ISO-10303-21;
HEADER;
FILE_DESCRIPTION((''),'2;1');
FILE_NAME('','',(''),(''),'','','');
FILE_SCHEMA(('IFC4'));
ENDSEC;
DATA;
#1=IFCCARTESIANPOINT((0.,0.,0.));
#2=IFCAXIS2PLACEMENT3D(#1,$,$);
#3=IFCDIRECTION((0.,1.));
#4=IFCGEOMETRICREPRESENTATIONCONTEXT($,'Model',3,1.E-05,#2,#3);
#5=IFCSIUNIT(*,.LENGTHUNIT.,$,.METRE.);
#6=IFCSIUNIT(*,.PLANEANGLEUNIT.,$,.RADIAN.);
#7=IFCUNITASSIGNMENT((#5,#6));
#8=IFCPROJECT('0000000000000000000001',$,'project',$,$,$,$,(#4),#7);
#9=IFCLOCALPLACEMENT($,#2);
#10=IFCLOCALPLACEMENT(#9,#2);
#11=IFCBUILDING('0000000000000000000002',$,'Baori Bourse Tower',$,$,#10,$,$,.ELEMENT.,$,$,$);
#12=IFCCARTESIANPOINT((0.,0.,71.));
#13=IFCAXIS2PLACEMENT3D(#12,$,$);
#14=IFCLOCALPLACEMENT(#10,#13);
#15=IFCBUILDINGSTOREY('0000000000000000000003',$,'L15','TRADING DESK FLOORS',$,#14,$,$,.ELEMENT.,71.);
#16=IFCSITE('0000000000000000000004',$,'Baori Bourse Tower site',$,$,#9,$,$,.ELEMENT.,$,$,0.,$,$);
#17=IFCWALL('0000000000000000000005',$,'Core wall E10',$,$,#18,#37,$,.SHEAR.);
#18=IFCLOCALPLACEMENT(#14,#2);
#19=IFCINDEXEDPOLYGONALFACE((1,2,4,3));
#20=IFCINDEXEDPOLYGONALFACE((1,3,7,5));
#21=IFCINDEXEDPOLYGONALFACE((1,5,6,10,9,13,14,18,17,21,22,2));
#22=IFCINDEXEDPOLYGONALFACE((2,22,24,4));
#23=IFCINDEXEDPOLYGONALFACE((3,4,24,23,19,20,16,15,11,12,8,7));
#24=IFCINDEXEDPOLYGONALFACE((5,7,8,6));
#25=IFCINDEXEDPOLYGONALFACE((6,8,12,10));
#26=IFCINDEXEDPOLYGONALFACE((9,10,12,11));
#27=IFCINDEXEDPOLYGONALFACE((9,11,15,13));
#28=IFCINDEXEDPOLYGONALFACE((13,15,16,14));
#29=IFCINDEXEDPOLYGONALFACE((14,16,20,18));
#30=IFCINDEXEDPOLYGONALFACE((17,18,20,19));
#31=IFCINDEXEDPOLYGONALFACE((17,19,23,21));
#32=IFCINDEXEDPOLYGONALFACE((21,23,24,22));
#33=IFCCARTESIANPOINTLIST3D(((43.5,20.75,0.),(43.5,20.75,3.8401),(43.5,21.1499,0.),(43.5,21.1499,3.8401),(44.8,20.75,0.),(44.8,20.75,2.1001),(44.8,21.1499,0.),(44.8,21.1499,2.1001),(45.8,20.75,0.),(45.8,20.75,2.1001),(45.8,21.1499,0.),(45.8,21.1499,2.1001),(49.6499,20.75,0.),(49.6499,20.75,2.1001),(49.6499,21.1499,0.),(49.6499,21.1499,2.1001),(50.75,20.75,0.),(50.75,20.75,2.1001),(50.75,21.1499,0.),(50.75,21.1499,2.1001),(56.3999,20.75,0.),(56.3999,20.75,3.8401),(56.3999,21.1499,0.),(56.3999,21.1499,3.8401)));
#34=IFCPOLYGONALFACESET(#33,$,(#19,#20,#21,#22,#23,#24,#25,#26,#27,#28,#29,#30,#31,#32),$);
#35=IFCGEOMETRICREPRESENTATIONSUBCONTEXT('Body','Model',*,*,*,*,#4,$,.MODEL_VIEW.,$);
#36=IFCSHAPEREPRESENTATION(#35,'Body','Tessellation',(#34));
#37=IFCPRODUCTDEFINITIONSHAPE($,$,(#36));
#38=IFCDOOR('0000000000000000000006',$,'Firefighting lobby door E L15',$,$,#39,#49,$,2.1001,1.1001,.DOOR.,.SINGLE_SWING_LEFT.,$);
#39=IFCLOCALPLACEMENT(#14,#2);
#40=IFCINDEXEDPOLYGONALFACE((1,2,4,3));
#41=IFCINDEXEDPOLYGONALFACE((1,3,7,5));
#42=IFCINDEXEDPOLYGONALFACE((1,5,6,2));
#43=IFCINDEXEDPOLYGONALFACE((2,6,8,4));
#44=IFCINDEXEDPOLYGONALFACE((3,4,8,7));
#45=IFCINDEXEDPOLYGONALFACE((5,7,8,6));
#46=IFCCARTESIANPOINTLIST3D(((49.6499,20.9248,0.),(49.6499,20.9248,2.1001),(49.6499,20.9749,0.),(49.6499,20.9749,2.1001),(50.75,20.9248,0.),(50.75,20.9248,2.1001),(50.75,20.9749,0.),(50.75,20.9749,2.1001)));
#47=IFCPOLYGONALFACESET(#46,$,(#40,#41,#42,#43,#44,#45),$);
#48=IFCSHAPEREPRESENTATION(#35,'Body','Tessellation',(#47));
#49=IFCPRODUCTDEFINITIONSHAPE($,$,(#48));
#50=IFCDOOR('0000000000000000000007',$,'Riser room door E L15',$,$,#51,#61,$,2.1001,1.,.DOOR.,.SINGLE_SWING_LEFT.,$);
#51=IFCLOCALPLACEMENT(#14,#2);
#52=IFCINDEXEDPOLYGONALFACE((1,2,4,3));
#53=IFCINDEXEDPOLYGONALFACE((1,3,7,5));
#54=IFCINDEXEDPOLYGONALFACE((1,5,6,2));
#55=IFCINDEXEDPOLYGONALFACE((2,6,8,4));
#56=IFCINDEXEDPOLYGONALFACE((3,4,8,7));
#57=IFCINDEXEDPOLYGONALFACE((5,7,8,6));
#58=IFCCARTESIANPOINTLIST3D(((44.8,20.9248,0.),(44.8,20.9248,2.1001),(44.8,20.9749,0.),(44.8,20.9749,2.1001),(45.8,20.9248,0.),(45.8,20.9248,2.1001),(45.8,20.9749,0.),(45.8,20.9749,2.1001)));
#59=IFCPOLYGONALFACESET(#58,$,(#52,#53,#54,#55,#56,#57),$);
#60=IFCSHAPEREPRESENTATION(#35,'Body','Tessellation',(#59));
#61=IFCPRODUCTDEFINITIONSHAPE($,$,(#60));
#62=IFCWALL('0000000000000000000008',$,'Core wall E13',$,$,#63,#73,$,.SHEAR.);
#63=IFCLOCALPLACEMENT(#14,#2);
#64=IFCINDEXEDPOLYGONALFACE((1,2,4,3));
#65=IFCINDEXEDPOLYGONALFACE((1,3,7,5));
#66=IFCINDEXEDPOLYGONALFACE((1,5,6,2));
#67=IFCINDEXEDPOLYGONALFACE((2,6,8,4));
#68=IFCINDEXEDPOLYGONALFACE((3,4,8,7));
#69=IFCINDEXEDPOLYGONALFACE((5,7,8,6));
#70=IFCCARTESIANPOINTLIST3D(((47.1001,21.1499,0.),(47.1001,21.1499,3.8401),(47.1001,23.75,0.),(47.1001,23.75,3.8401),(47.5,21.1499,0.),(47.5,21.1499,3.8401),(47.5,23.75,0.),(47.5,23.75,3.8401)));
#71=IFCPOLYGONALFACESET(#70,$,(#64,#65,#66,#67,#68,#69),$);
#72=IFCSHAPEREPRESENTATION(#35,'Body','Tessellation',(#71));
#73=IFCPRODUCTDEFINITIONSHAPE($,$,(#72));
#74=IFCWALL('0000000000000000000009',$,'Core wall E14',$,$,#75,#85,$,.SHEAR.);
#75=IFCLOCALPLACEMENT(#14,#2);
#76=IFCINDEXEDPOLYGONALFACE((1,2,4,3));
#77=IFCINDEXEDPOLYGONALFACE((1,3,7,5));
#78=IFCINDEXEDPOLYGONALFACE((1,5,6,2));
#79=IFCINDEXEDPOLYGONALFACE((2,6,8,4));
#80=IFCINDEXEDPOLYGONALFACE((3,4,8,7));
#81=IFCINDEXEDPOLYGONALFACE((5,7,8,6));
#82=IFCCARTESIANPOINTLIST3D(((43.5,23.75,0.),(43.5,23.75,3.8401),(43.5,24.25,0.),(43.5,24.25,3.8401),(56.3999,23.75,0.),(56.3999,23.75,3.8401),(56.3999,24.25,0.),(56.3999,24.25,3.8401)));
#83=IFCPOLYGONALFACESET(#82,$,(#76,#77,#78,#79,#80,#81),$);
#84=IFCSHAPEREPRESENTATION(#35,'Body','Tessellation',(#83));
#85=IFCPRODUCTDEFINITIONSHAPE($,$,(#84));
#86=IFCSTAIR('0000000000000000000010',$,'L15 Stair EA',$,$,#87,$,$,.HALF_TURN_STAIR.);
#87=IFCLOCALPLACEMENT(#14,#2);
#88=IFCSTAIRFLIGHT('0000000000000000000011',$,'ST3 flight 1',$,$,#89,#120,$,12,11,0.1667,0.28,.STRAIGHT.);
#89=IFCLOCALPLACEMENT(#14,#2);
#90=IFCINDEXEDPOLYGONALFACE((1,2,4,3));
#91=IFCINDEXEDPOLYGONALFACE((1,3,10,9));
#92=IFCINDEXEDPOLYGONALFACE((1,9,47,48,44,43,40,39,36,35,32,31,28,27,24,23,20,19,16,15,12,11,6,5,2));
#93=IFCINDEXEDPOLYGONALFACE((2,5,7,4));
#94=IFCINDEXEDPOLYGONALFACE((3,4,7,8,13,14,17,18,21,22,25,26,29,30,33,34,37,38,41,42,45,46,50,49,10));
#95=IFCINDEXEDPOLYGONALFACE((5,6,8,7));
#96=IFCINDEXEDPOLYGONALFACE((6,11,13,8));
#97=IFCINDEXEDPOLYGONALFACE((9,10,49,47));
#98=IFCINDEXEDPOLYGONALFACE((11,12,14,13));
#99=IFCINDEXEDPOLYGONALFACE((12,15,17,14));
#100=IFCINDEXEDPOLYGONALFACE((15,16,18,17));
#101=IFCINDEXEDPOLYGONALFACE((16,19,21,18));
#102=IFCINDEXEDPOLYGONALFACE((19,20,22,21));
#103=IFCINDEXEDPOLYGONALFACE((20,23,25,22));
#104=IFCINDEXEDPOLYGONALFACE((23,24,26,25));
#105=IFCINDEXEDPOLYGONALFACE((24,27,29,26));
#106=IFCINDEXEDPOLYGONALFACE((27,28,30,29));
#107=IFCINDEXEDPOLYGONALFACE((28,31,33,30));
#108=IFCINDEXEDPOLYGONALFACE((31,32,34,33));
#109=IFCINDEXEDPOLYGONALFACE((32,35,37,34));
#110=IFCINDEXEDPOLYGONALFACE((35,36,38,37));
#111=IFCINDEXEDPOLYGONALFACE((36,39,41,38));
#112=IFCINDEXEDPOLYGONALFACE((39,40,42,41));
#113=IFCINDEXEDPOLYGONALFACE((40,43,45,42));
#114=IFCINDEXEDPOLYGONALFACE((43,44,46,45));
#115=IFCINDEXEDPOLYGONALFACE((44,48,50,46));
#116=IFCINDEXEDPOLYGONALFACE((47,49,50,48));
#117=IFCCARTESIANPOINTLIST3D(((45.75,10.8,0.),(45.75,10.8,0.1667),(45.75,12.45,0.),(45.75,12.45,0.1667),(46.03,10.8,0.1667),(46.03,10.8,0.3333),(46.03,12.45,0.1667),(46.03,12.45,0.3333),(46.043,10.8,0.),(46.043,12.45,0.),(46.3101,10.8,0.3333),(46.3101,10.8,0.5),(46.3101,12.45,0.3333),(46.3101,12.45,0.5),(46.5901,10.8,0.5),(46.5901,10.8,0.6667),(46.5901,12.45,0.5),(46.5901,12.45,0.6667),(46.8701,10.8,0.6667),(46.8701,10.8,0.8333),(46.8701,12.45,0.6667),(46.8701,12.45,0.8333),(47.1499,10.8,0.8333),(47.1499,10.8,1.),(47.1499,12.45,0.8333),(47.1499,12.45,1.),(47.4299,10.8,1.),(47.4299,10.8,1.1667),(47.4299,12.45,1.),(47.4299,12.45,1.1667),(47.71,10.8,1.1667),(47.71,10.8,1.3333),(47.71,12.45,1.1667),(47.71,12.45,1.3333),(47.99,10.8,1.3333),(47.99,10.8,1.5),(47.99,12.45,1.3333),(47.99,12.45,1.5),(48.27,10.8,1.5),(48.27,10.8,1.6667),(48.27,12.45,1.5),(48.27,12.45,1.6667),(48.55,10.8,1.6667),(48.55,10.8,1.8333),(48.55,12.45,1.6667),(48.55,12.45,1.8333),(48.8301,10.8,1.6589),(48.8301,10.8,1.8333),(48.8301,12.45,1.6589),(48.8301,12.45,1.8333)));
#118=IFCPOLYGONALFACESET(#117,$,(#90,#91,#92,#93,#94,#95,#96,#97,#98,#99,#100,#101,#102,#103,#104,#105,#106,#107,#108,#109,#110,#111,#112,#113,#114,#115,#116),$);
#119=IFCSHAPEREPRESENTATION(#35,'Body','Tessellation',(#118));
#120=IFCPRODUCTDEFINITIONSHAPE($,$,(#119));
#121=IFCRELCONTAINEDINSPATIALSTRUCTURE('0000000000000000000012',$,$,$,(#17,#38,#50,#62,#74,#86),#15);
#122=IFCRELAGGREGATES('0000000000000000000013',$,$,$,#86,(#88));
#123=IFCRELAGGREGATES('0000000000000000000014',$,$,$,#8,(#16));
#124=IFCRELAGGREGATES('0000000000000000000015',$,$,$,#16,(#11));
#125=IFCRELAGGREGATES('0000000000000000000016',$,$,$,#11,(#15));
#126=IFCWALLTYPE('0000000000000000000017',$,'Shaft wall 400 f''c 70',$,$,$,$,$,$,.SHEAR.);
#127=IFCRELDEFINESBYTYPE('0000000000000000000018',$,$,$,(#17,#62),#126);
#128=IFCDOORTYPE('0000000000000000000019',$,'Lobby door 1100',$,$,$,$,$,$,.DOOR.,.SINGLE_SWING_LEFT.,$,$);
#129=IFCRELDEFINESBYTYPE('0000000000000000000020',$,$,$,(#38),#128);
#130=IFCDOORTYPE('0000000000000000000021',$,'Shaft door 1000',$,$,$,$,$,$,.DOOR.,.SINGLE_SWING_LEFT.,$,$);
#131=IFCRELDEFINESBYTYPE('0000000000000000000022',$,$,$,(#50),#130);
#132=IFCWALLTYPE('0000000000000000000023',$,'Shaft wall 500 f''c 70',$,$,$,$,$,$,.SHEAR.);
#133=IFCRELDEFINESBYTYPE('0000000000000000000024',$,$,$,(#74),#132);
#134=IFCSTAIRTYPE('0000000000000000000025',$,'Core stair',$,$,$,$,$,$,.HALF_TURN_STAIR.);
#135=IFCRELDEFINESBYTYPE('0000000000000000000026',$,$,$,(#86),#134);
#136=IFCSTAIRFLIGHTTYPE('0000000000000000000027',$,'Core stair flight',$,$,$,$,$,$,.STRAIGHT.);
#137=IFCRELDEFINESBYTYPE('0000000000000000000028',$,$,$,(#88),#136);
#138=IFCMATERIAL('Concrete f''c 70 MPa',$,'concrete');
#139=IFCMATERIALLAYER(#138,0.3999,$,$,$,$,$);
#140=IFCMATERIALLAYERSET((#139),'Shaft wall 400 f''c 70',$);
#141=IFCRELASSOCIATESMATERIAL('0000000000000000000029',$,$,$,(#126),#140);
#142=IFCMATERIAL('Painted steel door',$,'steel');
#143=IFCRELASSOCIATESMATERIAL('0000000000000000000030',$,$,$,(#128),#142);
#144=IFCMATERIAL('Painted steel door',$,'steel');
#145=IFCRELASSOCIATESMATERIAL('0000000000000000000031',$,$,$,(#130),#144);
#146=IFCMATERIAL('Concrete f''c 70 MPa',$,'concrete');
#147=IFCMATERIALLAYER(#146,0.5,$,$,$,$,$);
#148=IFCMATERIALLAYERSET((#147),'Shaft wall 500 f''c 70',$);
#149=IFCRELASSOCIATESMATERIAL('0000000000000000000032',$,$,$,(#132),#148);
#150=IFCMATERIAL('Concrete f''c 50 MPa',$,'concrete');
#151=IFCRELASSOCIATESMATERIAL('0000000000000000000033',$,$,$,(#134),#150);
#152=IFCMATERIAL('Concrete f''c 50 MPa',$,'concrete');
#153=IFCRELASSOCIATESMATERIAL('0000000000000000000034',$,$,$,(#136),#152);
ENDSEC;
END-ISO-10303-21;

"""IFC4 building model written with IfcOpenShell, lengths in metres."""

from ifc_helpers import new_model, si_unit, direction, frame, frame_2d, origin, place, context, subcontext, project, spatial, polyline, rectangle, outline, extrude, material, layer, layer_set, type_object, element, fill, aggregate, save


model = new_model("IFC4")

# Units and contexts
model_context = context("Model", 3, precision=1e-05, world=origin(), true_north=direction((0.0, 1.0)))
body_context = subcontext(model_context, "Body", "Model", "MODEL_VIEW")
ifc_project = project(units=[si_unit("LENGTHUNIT", "METRE"), si_unit("PLANEANGLEUNIT", "RADIAN")], contexts=[model_context])

# Site, building, storey
site_placement = place(None, origin())
site = spatial("IfcSite", under=ifc_project, at=site_placement, Name="Baori Bourse Tower site", CompositionType="ELEMENT", RefElevation=0.0)
building_placement = place(site_placement, origin())
building = spatial("IfcBuilding", under=site, at=building_placement, Name="Baori Bourse Tower", CompositionType="ELEMENT")
storey_placement = place(building_placement, frame((0.0, 0.0, 71.0)))
storey = spatial("IfcBuildingStorey", under=building, at=storey_placement, Name="L15", Description="TRADING DESK FLOORS", CompositionType="ELEMENT", Elevation=71.0)

# Wall, openings, doors
ifc_material_1 = material(Name="Concrete f'c 70 MPa", Category="concrete")
ifc_layer_1 = layer(ifc_material_1, 0.3999)
ifc_layer_set_1 = layer_set([ifc_layer_1], Name="Shaft wall 400 f'c 70")
wall_type_1 = type_object("IfcWallType", Name="Shaft wall 400 f'c 70", PredefinedType="SHEAR", material=ifc_layer_set_1)
wall_1_placement = place(storey_placement, frame((43.5, 20.95, 0.0), z_axis=(0.0, 0.0, 1.0), x_axis=(1.0, 0.0, 0.0)))
wall_1 = element("IfcWall", 1, at=wall_1_placement, inside=storey, type_object=wall_type_1, Name="Core wall E10", PredefinedType="SHEAR", context=body_context, shape_type="SweptSolid", body=[
    extrude(rectangle(XDim=12.8999, YDim=0.3999, at=frame_2d((6.45, 0.0))), origin(), (0.0, 0.0, 1.0), 3.8401),
])
opening_1_placement = place(wall_1_placement, frame((6.1499, 0.0, 0.0)))
opening_1 = element("IfcOpeningElement", 2, at=opening_1_placement, cuts=wall_1, PredefinedType="OPENING", context=body_context, shape_type="SweptSolid", body=[
    extrude(rectangle(XDim=1.1001, YDim=2.1001, at=frame_2d((0.55, 1.05))), frame((0.0, 0.21, 0.0), z_axis=(0.0, -1.0, 0.0), x_axis=(1.0, 0.0, 0.0)), (0.0, 0.0, 1.0), 0.4199),
])
opening_2_placement = place(wall_1_placement, frame((1.3, 0.0, 0.0)))
opening_2 = element("IfcOpeningElement", 3, at=opening_2_placement, cuts=wall_1, PredefinedType="OPENING", context=body_context, shape_type="SweptSolid", body=[
    extrude(rectangle(XDim=1.0, YDim=2.1001, at=frame_2d((0.5, 1.05))), frame((0.0, 0.21, 0.0), z_axis=(0.0, -1.0, 0.0), x_axis=(1.0, 0.0, 0.0)), (0.0, 0.0, 1.0), 0.4199),
])
ifc_material_2 = material(Name="Painted steel door", Category="steel")
door_type_1 = type_object("IfcDoorType", Name="Lobby door 1100", OperationType="SINGLE_SWING_LEFT", PredefinedType="DOOR", material=ifc_material_2)
door_1_placement = place(opening_1_placement, origin())
door_1 = element("IfcDoor", 4, at=door_1_placement, inside=storey, type_object=door_type_1, Name="Firefighting lobby door E L15", OperationType="SINGLE_SWING_LEFT", OverallHeight=2.1001, OverallWidth=1.1001, PredefinedType="DOOR", context=body_context, shape_type="SweptSolid", body=[
    extrude(rectangle(XDim=1.1001, YDim=2.1001, at=frame_2d((0.55, 1.05))), frame((0.0, 0.0249, 0.0), z_axis=(0.0, -1.0, 0.0), x_axis=(1.0, 0.0, 0.0)), (0.0, 0.0, 1.0), 0.05),
])
fill(opening_1, door_1)
ifc_material_3 = material(Name="Painted steel door", Category="steel")
door_type_2 = type_object("IfcDoorType", Name="Shaft door 1000", OperationType="SINGLE_SWING_LEFT", PredefinedType="DOOR", material=ifc_material_3)
door_2_placement = place(opening_2_placement, origin())
door_2 = element("IfcDoor", 5, at=door_2_placement, inside=storey, type_object=door_type_2, Name="Riser room door E L15", OperationType="SINGLE_SWING_LEFT", OverallHeight=2.1001, OverallWidth=1.0, PredefinedType="DOOR", context=body_context, shape_type="SweptSolid", body=[
    extrude(rectangle(XDim=1.0, YDim=2.1001, at=frame_2d((0.5, 1.05))), frame((0.0, 0.0249, 0.0), z_axis=(0.0, -1.0, 0.0), x_axis=(1.0, 0.0, 0.0)), (0.0, 0.0, 1.0), 0.05),
])
fill(opening_2, door_2)

# Walls
wall_2_placement = place(storey_placement, frame((47.3, 21.1499, 0.0), z_axis=(0.0, 0.0, 1.0), x_axis=(0.0, 1.0, 0.0)))
element("IfcWall", 6, at=wall_2_placement, inside=storey, type_object=wall_type_1, Name="Core wall E13", PredefinedType="SHEAR", context=body_context, shape_type="SweptSolid", body=[
    extrude(rectangle(XDim=2.6001, YDim=0.3999, at=frame_2d((1.3, 0.0))), origin(), (0.0, 0.0, 1.0), 3.8401),
])
ifc_material_4 = material(Name="Concrete f'c 70 MPa", Category="concrete")
ifc_layer_2 = layer(ifc_material_4, 0.5)
ifc_layer_set_2 = layer_set([ifc_layer_2], Name="Shaft wall 500 f'c 70")
wall_type_2 = type_object("IfcWallType", Name="Shaft wall 500 f'c 70", PredefinedType="SHEAR", material=ifc_layer_set_2)
wall_3_placement = place(storey_placement, frame((43.5, 24.0, 0.0), z_axis=(0.0, 0.0, 1.0), x_axis=(1.0, 0.0, 0.0)))
element("IfcWall", 7, at=wall_3_placement, inside=storey, type_object=wall_type_2, Name="Core wall E14", PredefinedType="SHEAR", context=body_context, shape_type="SweptSolid", body=[
    extrude(rectangle(XDim=12.8999, YDim=0.5, at=frame_2d((6.45, 0.0))), origin(), (0.0, 0.0, 1.0), 3.8401),
])

# Stair, stair flight
ifc_material_5 = material(Name="Concrete f'c 50 MPa", Category="concrete")
stair_type = type_object("IfcStairType", Name="Core stair", PredefinedType="HALF_TURN_STAIR", material=ifc_material_5)
stair_placement = place(storey_placement, origin())
stair = element("IfcStair", 8, at=stair_placement, inside=storey, type_object=stair_type, Name="L15 Stair EA", PredefinedType="HALF_TURN_STAIR")
ifc_material_6 = material(Name="Concrete f'c 50 MPa", Category="concrete")
stair_flight_type = type_object("IfcStairFlightType", Name="Core stair flight", PredefinedType="STRAIGHT", material=ifc_material_6)
stair_flight_placement = place(storey_placement, frame((45.75, 11.625, 0.0), z_axis=(0.0, 0.0, 1.0), x_axis=(1.0, 0.0, 0.0)))
stair_flight = element("IfcStairFlight", 9, at=stair_flight_placement, type_object=stair_flight_type, Name="ST3 flight 1", NumberOfRisers=12, NumberOfTreads=11, PredefinedType="STRAIGHT", RiserHeight=0.1667, TreadLength=0.28, context=body_context, shape_type="SweptSolid", body=[
    extrude(outline(polyline([(0.0, 0.0), (0.0, 0.1667), (0.28, 0.1667), (0.28, 0.3333), (0.5601, 0.3333), (0.5601, 0.5), (0.8401, 0.5), (0.8401, 0.6667), (1.1201, 0.6667), (1.1201, 0.8333), (1.3999, 0.8333), (1.3999, 1.0), (1.6799, 1.0), (1.6799, 1.1667), (1.96, 1.1667), (1.96, 1.3333), (2.24, 1.3333), (2.24, 1.5), (2.52, 1.5), (2.52, 1.6667), (2.8, 1.6667), (2.8, 1.8333), (3.0801, 1.8333), (3.0801, 2.0), (3.0801, 1.6589), (0.293, 0.0), (0.0, 0.0)])), frame((0.0, 0.825, 0.0), z_axis=(0.0, -1.0, 0.0), x_axis=(1.0, 0.0, 0.0)), (0.0, 0.0, 1.0), 1.6499),
])
aggregate(stair, [stair_flight])

save(model, "model.ifc")
